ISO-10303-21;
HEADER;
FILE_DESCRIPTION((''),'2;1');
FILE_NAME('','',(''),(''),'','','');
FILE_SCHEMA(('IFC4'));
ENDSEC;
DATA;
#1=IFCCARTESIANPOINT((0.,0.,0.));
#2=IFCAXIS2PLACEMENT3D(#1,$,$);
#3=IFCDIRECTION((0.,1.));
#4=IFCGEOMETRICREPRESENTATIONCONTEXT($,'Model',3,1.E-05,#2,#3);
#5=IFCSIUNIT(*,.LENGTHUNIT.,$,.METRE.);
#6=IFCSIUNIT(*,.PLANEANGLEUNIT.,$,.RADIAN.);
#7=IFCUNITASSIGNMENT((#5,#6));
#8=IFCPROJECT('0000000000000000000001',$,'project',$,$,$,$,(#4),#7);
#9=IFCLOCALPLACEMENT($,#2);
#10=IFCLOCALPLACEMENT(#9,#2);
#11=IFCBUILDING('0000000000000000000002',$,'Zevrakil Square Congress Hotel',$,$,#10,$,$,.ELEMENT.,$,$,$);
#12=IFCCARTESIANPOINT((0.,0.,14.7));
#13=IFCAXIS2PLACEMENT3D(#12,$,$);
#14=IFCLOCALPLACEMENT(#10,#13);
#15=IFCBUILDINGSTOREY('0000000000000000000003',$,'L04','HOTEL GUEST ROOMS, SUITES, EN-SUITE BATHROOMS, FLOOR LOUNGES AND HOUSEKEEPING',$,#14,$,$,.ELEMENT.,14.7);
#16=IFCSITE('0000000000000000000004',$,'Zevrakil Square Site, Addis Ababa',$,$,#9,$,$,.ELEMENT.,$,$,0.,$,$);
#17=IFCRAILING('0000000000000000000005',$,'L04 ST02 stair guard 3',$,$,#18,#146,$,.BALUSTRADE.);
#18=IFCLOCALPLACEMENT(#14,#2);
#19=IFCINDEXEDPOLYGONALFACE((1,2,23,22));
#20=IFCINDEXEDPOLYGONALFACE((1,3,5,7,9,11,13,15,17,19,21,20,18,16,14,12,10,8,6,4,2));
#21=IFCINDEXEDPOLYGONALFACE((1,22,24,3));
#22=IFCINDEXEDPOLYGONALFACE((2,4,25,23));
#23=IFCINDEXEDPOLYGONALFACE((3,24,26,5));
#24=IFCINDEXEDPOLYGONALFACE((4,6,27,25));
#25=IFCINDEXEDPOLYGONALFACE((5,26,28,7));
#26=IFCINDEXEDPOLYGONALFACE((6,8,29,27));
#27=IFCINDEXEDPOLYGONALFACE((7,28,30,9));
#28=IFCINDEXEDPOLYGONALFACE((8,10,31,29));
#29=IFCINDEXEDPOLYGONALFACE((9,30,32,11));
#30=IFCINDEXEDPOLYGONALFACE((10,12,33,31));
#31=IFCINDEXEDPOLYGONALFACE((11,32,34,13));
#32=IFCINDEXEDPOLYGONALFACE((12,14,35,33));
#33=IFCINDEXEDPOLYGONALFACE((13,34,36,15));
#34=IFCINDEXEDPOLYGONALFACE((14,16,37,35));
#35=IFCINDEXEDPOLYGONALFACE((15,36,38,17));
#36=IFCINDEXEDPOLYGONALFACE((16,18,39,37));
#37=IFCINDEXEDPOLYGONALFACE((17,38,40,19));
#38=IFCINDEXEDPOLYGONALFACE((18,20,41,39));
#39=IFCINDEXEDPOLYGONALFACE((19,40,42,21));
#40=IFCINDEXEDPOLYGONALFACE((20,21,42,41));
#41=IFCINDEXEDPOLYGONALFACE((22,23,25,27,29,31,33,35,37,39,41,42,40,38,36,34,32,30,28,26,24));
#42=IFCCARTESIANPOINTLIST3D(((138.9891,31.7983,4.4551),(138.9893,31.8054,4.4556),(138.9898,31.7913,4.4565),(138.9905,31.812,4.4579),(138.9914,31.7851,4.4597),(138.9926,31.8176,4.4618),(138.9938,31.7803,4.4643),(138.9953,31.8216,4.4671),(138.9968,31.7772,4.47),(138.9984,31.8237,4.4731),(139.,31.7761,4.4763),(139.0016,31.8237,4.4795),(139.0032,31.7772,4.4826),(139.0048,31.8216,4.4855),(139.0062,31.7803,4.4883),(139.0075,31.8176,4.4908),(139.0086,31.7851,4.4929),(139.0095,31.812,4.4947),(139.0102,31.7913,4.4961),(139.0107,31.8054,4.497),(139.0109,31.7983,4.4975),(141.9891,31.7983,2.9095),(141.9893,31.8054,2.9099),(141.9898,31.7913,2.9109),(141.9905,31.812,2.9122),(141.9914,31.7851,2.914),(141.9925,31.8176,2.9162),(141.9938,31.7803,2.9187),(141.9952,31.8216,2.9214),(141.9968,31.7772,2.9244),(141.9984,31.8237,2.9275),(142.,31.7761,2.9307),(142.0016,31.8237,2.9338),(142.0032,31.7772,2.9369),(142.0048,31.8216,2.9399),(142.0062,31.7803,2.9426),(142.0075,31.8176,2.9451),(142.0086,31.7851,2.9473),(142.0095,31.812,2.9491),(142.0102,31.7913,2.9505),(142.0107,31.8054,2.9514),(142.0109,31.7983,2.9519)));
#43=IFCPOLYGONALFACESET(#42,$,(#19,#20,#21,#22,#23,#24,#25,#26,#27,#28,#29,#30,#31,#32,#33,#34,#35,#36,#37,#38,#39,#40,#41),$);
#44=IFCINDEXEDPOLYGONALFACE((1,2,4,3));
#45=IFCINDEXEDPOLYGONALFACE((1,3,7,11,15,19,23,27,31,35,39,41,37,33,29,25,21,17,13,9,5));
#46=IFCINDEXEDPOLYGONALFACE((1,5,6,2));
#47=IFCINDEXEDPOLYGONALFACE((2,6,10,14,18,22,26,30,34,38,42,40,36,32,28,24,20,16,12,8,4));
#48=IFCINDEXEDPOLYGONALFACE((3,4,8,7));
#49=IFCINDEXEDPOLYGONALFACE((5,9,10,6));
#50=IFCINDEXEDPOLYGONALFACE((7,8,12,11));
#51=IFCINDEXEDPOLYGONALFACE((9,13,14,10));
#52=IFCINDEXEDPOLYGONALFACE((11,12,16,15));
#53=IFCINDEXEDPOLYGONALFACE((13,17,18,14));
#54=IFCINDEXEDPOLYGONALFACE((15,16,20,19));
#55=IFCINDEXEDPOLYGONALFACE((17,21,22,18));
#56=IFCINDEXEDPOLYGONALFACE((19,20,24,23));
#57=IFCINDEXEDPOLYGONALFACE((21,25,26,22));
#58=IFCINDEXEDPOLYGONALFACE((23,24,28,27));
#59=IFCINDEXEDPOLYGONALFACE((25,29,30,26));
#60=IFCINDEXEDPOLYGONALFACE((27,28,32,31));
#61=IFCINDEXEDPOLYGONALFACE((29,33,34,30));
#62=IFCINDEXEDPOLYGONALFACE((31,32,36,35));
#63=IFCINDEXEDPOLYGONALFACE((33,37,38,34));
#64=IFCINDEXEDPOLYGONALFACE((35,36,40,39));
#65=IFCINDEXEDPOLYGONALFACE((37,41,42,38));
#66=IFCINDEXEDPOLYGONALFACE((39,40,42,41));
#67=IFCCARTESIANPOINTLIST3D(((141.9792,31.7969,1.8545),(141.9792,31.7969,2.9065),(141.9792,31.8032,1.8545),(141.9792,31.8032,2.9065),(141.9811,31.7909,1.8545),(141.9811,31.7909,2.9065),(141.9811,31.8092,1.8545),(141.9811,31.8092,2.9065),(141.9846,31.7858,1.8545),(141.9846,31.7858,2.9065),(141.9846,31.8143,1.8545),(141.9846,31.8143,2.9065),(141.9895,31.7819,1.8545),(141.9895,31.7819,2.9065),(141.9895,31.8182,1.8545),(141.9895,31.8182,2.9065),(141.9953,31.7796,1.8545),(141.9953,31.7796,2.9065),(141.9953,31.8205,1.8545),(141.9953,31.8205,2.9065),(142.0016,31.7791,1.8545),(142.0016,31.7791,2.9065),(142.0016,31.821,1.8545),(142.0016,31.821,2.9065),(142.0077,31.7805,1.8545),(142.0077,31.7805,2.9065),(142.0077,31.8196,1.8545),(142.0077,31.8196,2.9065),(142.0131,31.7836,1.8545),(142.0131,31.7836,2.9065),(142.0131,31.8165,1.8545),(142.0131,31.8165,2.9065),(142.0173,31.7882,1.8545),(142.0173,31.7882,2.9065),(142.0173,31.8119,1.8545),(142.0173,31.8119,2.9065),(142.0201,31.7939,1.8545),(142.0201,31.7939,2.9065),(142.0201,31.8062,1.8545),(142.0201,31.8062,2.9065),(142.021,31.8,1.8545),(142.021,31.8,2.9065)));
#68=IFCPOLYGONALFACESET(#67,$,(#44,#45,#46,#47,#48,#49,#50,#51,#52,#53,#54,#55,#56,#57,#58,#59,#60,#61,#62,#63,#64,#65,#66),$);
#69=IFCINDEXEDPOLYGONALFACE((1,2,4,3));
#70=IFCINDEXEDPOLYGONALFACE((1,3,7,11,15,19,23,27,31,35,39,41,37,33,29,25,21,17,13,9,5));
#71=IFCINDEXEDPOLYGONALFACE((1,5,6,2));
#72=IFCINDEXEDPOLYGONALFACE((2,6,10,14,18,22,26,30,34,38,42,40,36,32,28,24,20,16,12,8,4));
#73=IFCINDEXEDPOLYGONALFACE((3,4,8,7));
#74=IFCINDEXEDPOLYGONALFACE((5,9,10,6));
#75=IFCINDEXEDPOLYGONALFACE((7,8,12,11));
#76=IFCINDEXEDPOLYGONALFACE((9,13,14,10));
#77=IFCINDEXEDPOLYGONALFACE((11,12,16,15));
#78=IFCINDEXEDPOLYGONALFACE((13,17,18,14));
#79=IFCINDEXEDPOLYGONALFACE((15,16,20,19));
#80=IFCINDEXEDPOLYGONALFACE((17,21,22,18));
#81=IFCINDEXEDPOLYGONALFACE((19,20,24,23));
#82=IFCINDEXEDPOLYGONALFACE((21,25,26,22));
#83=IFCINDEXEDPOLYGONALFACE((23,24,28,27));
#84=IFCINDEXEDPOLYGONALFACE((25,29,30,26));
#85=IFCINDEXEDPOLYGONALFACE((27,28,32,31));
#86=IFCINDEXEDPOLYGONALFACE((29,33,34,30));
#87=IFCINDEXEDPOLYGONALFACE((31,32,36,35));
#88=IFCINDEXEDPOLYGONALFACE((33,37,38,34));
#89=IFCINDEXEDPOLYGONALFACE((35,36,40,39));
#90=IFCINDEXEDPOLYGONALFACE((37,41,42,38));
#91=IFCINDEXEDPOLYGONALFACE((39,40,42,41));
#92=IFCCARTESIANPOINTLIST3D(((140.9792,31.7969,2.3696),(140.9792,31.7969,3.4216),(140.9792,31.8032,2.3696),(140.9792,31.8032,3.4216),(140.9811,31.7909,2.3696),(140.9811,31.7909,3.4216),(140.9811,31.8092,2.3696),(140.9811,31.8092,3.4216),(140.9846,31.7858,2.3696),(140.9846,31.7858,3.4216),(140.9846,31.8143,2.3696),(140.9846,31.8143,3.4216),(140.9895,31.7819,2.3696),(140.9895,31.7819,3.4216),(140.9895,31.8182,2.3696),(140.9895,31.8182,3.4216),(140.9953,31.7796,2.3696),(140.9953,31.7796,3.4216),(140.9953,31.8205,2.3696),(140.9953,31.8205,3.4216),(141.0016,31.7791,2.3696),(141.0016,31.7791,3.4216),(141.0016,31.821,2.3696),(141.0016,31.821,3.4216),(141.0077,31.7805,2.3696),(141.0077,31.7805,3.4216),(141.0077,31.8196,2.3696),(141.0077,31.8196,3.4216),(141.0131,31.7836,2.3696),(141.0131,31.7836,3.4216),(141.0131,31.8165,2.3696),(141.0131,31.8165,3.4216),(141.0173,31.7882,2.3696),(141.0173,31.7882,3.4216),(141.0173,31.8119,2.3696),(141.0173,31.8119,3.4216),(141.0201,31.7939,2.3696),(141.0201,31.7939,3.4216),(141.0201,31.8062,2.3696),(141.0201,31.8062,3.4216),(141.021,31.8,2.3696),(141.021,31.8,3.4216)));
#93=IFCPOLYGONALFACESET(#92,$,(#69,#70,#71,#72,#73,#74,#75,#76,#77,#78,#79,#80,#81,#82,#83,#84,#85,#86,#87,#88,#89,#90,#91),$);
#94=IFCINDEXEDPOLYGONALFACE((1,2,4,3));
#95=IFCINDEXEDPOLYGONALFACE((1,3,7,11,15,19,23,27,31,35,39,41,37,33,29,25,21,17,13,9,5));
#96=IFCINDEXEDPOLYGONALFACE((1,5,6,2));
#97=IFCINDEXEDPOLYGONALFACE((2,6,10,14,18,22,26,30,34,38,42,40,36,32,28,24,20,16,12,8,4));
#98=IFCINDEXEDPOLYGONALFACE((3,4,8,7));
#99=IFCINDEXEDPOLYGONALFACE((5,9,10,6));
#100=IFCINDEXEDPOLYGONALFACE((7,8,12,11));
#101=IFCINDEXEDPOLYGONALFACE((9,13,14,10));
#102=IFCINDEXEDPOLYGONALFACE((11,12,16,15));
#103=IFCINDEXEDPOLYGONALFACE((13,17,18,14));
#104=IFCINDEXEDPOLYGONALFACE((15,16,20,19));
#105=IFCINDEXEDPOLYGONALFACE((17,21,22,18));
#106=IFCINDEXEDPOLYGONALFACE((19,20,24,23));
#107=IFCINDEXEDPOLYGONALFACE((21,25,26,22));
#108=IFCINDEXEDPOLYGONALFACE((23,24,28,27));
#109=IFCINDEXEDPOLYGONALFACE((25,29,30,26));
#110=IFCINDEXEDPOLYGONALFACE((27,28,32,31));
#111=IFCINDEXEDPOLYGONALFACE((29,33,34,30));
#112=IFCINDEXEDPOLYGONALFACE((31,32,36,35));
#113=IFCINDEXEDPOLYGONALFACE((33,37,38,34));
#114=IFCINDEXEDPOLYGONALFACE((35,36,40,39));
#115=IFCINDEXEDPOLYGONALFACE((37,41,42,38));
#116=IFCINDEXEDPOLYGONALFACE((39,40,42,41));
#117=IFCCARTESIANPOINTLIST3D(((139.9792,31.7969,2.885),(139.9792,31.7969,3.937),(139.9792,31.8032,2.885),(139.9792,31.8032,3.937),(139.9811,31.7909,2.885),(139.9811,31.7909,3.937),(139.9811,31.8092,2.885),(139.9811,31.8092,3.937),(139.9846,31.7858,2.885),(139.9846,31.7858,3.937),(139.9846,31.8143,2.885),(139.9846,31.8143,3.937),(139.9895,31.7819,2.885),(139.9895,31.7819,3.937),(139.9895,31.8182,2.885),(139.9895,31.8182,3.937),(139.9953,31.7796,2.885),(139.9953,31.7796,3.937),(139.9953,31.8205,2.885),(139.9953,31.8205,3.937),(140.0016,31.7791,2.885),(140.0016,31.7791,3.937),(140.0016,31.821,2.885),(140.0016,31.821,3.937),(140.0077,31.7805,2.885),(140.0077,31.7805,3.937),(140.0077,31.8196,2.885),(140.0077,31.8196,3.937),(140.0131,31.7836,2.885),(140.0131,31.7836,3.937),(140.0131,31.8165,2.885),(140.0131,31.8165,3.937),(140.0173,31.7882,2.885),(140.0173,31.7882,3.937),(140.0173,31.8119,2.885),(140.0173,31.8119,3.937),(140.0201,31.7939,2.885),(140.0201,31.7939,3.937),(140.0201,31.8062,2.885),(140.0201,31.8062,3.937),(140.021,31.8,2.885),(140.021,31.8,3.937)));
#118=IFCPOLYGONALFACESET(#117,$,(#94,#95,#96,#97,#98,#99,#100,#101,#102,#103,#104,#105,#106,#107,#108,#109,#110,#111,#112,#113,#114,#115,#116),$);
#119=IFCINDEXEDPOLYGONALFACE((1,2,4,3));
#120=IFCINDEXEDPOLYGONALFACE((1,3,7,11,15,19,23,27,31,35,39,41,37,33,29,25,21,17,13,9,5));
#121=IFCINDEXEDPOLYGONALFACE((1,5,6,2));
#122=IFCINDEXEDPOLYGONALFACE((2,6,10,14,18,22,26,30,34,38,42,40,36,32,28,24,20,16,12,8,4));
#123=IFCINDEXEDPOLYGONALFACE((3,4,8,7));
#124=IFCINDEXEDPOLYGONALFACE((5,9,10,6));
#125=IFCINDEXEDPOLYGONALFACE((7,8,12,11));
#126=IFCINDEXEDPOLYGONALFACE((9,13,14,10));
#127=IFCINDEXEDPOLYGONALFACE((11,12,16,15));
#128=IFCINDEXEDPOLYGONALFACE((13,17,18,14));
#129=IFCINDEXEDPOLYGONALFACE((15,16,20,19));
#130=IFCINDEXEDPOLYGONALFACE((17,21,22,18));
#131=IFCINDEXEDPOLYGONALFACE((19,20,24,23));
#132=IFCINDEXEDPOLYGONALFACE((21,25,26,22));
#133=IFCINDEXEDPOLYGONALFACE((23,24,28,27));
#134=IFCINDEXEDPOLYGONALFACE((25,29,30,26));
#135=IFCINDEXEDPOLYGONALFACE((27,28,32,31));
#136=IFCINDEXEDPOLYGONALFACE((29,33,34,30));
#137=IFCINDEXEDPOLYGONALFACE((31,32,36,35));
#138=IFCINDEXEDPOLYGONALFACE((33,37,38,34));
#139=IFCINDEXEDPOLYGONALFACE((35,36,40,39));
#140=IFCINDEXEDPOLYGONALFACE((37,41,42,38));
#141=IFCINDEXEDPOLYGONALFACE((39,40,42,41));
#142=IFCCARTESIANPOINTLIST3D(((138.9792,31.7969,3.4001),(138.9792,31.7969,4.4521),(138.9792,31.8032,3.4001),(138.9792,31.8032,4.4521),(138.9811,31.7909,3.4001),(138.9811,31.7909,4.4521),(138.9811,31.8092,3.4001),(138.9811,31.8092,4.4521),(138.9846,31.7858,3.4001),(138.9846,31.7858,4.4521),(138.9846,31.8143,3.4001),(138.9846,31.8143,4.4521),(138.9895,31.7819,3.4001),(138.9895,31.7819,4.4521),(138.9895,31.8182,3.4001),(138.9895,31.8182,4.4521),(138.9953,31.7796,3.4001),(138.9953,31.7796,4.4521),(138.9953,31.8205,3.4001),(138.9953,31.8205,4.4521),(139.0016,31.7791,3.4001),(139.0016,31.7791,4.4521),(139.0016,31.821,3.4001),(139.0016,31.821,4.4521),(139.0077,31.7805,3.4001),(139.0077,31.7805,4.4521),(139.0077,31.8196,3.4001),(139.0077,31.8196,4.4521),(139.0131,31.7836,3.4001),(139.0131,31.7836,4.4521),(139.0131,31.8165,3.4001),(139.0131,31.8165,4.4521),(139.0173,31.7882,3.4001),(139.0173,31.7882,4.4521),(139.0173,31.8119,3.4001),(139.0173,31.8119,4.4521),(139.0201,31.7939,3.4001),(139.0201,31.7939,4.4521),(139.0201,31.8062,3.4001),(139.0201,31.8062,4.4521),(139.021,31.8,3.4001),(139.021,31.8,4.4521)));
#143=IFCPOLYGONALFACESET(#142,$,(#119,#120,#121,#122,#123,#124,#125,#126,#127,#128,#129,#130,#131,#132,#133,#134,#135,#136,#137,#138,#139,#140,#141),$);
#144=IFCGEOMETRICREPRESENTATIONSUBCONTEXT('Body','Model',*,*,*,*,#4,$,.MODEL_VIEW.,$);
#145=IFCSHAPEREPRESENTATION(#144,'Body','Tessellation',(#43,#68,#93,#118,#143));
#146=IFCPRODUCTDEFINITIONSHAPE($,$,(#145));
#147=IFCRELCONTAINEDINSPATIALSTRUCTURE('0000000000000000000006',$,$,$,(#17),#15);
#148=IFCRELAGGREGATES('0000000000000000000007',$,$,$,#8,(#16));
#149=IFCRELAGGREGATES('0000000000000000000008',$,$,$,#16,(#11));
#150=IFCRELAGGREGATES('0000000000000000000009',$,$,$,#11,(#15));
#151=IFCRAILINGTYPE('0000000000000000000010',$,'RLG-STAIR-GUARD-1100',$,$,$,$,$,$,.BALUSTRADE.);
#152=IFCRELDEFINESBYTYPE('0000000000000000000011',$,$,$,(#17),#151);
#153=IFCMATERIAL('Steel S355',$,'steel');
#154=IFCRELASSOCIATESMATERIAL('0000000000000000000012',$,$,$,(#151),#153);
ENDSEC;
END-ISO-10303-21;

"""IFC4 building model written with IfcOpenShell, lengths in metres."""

from ifc_helpers import new_model, si_unit, direction, frame, origin, origin_2d, place, context, subcontext, project, spatial, circle, extrude, material, type_object, element, save


model = new_model("IFC4")

# Units and contexts
model_context = context("Model", 3, precision=1e-05, world=origin(), true_north=direction((0.0, 1.0)))
body_context = subcontext(model_context, "Body", "Model", "MODEL_VIEW")
ifc_project = project(units=[si_unit("LENGTHUNIT", "METRE"), si_unit("PLANEANGLEUNIT", "RADIAN")], contexts=[model_context])

# Site, building, storey
site_placement = place(None, origin())
site = spatial("IfcSite", under=ifc_project, at=site_placement, Name="Zevrakil Square Site, Addis Ababa", CompositionType="ELEMENT", RefElevation=0.0)
building_placement = place(site_placement, origin())
building = spatial("IfcBuilding", under=site, at=building_placement, Name="Zevrakil Square Congress Hotel", CompositionType="ELEMENT")
storey_placement = place(building_placement, frame((0.0, 0.0, 14.7)))
storey = spatial("IfcBuildingStorey", under=building, at=storey_placement, Name="L04", Description="HOTEL GUEST ROOMS, SUITES, EN-SUITE BATHROOMS, FLOOR LOUNGES AND HOUSEKEEPING", CompositionType="ELEMENT", Elevation=14.7)

# Railing
ifc_material_1 = material(Name="Steel S355", Category="steel")
railing_type_1 = type_object("IfcRailingType", Name="RLG-STAIR-GUARD-1100", PredefinedType="BALUSTRADE", material=ifc_material_1)
railing_1_placement = place(storey_placement, frame((142.0, 31.8, 1.8545)))
element("IfcRailing", 1, at=railing_1_placement, inside=storey, type_object=railing_type_1, Name="L04 ST02 stair guard 3", PredefinedType="BALUSTRADE", context=body_context, shape_type="SweptSolid", body=[
    extrude(circle(Radius=0.0239, at=origin_2d()), frame((0.0, 0.0, 1.0762), z_axis=(-0.88895, 0.0, 0.458003), x_axis=(0.0, -1.0, 0.0)), (0.0, 0.0, 1.0), 3.3748),
    extrude(circle(Radius=0.021, at=origin_2d()), origin(), (0.0, 0.0, 1.0), 1.052),
    extrude(circle(Radius=0.021, at=origin_2d()), frame((-1.0, 0.0, 0.5151)), (0.0, 0.0, 1.0), 1.052),
    extrude(circle(Radius=0.021, at=origin_2d()), frame((-2.0, 0.0, 1.0305)), (0.0, 0.0, 1.0), 1.052),
    extrude(circle(Radius=0.021, at=origin_2d()), frame((-3.0, 0.0, 1.5457)), (0.0, 0.0, 1.0), 1.052),
])

save(model, "model.ifc")
